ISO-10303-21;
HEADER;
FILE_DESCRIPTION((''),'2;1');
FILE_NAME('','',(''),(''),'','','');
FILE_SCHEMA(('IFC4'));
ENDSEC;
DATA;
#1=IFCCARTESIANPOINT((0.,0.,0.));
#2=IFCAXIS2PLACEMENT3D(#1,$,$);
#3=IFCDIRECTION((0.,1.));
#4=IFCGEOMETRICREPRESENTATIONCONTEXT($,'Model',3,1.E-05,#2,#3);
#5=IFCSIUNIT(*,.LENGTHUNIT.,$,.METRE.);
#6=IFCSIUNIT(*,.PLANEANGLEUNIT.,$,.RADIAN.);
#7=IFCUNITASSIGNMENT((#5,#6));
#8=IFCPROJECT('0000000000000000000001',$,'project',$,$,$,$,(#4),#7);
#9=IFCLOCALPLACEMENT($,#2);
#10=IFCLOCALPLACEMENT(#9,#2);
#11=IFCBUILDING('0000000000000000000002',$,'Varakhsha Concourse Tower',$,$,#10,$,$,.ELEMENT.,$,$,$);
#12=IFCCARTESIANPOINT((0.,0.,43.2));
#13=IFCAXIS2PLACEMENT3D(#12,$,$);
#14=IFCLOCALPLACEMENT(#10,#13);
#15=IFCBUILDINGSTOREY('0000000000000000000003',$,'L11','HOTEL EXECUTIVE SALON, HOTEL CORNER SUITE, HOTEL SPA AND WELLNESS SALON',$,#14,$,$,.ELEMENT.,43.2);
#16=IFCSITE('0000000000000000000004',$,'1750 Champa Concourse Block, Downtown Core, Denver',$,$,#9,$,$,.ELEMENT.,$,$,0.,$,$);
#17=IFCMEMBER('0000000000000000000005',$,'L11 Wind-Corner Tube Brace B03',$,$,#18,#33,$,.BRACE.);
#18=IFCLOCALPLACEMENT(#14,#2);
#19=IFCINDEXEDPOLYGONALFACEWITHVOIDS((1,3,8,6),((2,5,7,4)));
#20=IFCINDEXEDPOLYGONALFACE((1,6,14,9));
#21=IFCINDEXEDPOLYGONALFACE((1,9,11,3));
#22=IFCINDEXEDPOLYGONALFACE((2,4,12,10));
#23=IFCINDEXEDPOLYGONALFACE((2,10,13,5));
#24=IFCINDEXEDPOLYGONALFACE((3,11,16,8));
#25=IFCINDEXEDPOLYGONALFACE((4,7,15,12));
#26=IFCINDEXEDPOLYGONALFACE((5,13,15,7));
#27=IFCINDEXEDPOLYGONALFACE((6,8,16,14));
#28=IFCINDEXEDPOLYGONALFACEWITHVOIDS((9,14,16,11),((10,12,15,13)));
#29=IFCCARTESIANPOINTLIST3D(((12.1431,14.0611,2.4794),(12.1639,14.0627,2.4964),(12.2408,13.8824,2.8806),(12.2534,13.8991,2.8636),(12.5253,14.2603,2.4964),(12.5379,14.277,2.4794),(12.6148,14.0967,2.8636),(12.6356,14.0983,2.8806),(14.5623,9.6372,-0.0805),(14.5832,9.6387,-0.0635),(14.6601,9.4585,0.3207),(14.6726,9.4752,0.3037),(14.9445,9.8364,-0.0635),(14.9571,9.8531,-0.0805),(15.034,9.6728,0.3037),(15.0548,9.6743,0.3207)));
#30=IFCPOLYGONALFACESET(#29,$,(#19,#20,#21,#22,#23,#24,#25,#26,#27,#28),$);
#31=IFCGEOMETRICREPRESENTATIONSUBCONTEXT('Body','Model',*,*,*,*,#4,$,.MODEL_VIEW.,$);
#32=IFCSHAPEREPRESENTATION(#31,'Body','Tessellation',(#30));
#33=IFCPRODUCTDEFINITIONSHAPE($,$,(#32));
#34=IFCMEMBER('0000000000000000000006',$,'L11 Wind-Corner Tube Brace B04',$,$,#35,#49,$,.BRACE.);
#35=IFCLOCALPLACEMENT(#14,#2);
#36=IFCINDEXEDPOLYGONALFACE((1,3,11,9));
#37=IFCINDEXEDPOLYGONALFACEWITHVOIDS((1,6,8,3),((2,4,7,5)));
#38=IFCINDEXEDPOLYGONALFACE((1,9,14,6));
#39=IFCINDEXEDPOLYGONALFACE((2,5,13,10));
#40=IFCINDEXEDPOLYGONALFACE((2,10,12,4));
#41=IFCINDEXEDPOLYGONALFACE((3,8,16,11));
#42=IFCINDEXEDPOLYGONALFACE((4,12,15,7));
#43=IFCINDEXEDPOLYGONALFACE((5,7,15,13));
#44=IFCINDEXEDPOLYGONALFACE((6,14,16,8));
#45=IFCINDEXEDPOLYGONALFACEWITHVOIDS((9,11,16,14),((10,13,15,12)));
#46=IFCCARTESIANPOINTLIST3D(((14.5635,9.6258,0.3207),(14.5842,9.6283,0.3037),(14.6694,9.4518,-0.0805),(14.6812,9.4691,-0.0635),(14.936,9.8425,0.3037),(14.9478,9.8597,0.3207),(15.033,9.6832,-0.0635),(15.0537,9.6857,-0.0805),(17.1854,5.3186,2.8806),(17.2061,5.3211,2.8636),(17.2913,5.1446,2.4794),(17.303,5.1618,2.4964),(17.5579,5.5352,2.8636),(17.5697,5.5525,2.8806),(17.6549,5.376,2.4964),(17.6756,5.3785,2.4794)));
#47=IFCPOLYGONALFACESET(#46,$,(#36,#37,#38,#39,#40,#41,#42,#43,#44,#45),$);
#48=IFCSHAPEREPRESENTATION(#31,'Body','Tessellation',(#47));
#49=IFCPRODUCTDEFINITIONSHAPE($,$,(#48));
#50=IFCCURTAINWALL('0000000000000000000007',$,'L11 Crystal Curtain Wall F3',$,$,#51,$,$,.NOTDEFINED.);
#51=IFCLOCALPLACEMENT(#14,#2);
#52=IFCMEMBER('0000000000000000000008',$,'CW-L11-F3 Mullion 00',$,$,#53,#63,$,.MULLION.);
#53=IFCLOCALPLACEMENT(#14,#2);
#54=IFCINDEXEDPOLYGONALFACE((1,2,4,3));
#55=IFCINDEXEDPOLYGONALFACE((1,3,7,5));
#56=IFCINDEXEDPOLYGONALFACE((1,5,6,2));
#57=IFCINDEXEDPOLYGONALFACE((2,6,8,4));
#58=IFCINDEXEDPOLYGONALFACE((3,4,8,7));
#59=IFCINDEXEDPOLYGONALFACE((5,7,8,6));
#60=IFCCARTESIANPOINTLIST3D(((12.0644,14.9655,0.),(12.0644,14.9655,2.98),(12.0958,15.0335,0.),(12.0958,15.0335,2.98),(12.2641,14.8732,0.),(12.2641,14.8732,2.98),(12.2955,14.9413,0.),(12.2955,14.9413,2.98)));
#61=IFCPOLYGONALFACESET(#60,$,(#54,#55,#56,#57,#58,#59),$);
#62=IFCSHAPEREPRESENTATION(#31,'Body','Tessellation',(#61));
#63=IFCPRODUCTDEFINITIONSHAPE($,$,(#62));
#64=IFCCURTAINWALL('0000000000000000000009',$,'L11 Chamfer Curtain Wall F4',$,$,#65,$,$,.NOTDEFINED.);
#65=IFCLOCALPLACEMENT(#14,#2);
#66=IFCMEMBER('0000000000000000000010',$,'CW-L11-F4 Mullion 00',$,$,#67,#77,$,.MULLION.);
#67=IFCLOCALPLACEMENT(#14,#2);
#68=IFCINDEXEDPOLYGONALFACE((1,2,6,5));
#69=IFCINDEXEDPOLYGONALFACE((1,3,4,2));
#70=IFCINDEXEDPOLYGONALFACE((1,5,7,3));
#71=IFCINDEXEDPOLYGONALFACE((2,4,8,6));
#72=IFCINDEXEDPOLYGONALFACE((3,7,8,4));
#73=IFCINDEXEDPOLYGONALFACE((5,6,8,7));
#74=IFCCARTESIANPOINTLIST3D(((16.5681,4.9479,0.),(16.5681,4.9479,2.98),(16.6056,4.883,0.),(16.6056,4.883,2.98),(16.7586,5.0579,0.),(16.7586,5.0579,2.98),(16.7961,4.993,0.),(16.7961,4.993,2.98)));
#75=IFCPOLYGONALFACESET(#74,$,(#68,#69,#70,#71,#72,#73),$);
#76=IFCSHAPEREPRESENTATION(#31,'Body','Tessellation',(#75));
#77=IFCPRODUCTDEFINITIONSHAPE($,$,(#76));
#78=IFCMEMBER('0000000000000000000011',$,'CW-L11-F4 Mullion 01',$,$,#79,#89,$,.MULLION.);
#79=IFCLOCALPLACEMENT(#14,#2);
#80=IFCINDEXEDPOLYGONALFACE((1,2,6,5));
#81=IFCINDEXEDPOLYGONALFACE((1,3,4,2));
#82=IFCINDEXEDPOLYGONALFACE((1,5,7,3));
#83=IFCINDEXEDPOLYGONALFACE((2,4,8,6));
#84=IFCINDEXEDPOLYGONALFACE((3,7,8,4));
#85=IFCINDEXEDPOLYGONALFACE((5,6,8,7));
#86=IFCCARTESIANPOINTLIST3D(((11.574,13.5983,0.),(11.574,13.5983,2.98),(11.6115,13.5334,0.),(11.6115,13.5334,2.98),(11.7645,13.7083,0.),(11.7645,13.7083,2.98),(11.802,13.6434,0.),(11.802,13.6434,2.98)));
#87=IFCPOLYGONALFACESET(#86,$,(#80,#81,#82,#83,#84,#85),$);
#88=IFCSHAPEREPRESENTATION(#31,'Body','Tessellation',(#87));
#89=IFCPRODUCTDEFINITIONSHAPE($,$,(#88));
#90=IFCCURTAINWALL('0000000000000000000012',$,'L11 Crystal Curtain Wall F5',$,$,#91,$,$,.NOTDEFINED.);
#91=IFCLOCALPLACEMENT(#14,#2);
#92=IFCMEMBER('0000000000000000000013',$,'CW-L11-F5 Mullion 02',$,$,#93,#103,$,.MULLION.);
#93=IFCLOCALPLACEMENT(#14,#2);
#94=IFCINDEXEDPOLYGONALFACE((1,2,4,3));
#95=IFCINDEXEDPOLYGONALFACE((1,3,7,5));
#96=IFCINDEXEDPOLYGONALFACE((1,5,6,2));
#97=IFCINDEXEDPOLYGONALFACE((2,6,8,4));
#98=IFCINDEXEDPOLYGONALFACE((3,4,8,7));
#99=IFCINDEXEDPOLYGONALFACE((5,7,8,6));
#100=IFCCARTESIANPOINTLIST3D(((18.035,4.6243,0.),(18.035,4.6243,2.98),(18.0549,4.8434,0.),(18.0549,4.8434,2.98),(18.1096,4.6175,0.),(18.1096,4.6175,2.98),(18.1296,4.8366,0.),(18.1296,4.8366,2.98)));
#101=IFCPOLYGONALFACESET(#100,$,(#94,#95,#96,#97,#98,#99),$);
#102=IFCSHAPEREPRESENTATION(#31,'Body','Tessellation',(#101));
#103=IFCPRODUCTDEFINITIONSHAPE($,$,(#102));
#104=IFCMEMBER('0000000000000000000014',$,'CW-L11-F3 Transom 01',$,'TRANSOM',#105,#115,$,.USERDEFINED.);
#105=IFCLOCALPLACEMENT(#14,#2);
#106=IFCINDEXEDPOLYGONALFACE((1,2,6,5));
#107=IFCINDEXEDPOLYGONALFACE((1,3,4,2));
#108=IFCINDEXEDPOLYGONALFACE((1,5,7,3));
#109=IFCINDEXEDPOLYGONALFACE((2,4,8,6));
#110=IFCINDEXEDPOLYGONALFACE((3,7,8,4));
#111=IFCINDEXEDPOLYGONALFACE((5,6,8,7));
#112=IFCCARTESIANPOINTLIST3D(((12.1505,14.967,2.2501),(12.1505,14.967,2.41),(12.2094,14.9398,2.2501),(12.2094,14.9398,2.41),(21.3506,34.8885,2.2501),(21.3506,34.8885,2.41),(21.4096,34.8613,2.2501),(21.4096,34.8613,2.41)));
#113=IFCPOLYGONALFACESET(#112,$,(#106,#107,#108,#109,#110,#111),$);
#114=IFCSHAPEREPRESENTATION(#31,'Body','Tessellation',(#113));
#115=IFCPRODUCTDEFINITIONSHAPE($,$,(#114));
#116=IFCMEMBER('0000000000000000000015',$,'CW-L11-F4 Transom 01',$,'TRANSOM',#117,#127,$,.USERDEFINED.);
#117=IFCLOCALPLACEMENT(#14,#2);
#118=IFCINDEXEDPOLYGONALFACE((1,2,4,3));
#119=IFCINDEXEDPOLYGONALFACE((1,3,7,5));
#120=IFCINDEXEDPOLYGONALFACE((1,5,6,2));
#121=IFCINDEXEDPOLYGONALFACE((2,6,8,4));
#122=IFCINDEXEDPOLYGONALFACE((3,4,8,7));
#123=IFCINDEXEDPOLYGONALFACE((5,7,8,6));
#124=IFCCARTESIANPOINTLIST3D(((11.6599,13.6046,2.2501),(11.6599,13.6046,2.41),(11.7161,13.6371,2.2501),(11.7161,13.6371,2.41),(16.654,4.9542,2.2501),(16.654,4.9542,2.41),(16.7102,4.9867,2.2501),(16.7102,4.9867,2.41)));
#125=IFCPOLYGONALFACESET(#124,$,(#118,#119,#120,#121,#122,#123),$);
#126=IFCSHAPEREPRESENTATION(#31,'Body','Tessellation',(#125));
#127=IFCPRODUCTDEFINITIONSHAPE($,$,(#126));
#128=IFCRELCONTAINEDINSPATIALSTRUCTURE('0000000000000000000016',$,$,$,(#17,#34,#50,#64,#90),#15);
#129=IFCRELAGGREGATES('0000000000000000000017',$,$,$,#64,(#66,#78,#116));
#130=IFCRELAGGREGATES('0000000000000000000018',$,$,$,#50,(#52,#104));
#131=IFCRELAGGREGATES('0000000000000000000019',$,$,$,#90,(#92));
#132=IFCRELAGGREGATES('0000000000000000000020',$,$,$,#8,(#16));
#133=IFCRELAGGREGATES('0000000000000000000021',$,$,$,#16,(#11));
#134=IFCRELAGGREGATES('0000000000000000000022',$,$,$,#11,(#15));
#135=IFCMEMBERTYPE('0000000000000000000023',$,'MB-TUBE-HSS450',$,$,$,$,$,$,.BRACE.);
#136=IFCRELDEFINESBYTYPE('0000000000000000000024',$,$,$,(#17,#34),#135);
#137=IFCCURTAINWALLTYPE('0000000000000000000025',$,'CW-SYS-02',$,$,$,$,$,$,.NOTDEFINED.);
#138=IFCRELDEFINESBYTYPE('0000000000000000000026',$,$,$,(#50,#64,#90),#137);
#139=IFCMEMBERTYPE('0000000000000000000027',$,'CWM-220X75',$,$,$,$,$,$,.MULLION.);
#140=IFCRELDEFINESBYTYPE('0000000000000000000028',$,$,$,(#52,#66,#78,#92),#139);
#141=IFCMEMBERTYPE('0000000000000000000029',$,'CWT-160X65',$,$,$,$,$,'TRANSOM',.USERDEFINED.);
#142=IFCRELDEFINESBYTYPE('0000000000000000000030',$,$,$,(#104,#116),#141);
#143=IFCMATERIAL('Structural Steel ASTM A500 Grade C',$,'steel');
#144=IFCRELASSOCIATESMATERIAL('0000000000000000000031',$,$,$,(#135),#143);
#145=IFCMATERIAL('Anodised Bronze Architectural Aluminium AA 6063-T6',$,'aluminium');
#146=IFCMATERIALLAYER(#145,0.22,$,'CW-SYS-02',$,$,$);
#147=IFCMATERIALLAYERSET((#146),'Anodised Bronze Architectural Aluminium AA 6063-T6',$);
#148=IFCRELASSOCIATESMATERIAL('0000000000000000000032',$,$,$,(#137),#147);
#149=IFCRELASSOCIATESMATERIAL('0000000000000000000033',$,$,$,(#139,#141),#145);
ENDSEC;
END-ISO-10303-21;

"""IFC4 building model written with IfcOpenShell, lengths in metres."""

from ifc_helpers import new_model, si_unit, direction, frame, origin, origin_2d, place, context, subcontext, project, spatial, rectangle, hollow_rectangle, extrude, source, transform, mapped, material, layer, layer_set, material_profile, profile_set, type_object, type_shapes, element, aggregate, save


model = new_model("IFC4")

# Units and contexts
model_context = context("Model", 3, precision=1e-05, world=origin(), true_north=direction((0.0, 1.0)))
body_context = subcontext(model_context, "Body", "Model", "MODEL_VIEW")
ifc_project = project(units=[si_unit("LENGTHUNIT", "METRE"), si_unit("PLANEANGLEUNIT", "RADIAN")], contexts=[model_context])

# Site, building, storey
site_placement = place(None, origin())
site = spatial("IfcSite", under=ifc_project, at=site_placement, Name="1750 Champa Concourse Block, Downtown Core, Denver", CompositionType="ELEMENT", RefElevation=0.0)
building_placement = place(site_placement, origin())
building = spatial("IfcBuilding", under=site, at=building_placement, Name="Varakhsha Concourse Tower", CompositionType="ELEMENT")
storey_placement = place(building_placement, frame((0.0, 0.0, 43.2)))
storey = spatial("IfcBuildingStorey", under=building, at=storey_placement, Name="L11", Description="HOTEL EXECUTIVE SALON, HOTEL CORNER SUITE, HOTEL SPA AND WELLNESS SALON", CompositionType="ELEMENT", Elevation=43.2)

# Members
ifc_material_1 = material(Name="Structural Steel ASTM A500 Grade C", Category="steel")
ifc_material_profile_1 = material_profile(ifc_material_1, hollow_rectangle(XDim=0.45, YDim=0.45, WallThickness=0.019, at=origin_2d()), Name="HSS 450x450x19")
ifc_profile_set_1 = profile_set([ifc_material_profile_1], Name="Structural Steel ASTM A500 Grade C")
member_type_1 = type_object("IfcMemberType", Name="MB-TUBE-HSS450", PredefinedType="BRACE", material=ifc_profile_set_1)
shared_shape_1 = source(origin(), body_context, "Body", "SweptSolid", [
    extrude(hollow_rectangle(XDim=0.45, YDim=0.45, WallThickness=0.019, at=origin_2d()), origin(), (0.0, 0.0, 1.0), 5.6548),
])
member_1_placement = place(storey_placement, frame((14.8086, 9.6558, 0.1201), z_axis=(-0.427821, 0.782331, 0.45269), x_axis=(-0.877379, -0.479798, 0.0)))
element("IfcMember", 1, at=member_1_placement, inside=storey, type_object=member_type_1, Name="L11 Wind-Corner Tube Brace B03", PredefinedType="BRACE", context=body_context, shape_type="MappedRepresentation", body=[
    mapped(shared_shape_1, transform((0.0, 0.0, 0.0), scale=1.0)),
])
shared_shape_2 = source(origin(), body_context, "Body", "SweptSolid", [
    extrude(hollow_rectangle(XDim=0.45, YDim=0.45, WallThickness=0.019, at=origin_2d()), origin(), (0.0, 0.0, 1.0), 5.655),
])
type_shapes(member_type_1, [shared_shape_1, shared_shape_2])
member_2_placement = place(storey_placement, frame((14.8086, 9.6558, 0.1201), z_axis=(0.463637, -0.761662, 0.452671), x_axis=(0.85419, 0.519961, 0.0)))
element("IfcMember", 2, at=member_2_placement, inside=storey, type_object=member_type_1, Name="L11 Wind-Corner Tube Brace B04", PredefinedType="BRACE", context=body_context, shape_type="MappedRepresentation", body=[
    mapped(shared_shape_2, transform((0.0, 0.0, 0.0), scale=1.0)),
])

# Curtain wall, member
ifc_material_2 = material(Name="Anodised Bronze Architectural Aluminium AA 6063-T6", Category="aluminium")
ifc_layer_1 = layer(ifc_material_2, 0.22, Name="CW-SYS-02")
ifc_layer_set_1 = layer_set([ifc_layer_1], Name="Anodised Bronze Architectural Aluminium AA 6063-T6")
curtain_wall_type = type_object("IfcCurtainWallType", Name="CW-SYS-02", PredefinedType="NOTDEFINED", material=ifc_layer_set_1)
curtain_wall_1_placement = place(storey_placement, origin())
curtain_wall_1 = element("IfcCurtainWall", 3, at=curtain_wall_1_placement, inside=storey, type_object=curtain_wall_type, Name="L11 Crystal Curtain Wall F3", PredefinedType="NOTDEFINED")
ifc_material_profile_2 = material_profile(ifc_material_2, rectangle(XDim=0.075, YDim=0.22, at=origin_2d()), Name="CWM-220X75")
ifc_profile_set_2 = profile_set([ifc_material_profile_2], Name="Anodised Bronze Architectural Aluminium AA 6063-T6")
member_type_2 = type_object("IfcMemberType", Name="CWM-220X75", PredefinedType="MULLION", material=ifc_profile_set_2)
shared_shape_3 = source(origin(), body_context, "Body", "SweptSolid", [
    extrude(rectangle(XDim=0.075, YDim=0.22, at=origin_2d()), origin(), (0.0, 0.0, 1.0), 2.98),
])
type_shapes(member_type_2, [shared_shape_3])
member_3_placement = place(storey_placement, frame((12.1799, 14.9534, 0.0), z_axis=(0.0, 0.0, 1.0), x_axis=(0.41927, 0.907862, 0.0)))
member_3 = element("IfcMember", 4, at=member_3_placement, type_object=member_type_2, Name="CW-L11-F3 Mullion 00", PredefinedType="MULLION", context=body_context, shape_type="MappedRepresentation", body=[
    mapped(shared_shape_3, transform((0.0, 0.0, 0.0), scale=1.0)),
])

# Curtain wall, members
curtain_wall_2_placement = place(storey_placement, origin())
curtain_wall_2 = element("IfcCurtainWall", 5, at=curtain_wall_2_placement, inside=storey, type_object=curtain_wall_type, Name="L11 Chamfer Curtain Wall F4", PredefinedType="NOTDEFINED")
member_4_placement = place(storey_placement, frame((16.6821, 4.9705, 0.0), z_axis=(0.0, 0.0, 1.0), x_axis=(-0.499998, 0.866026, 0.0)))
member_4 = element("IfcMember", 6, at=member_4_placement, type_object=member_type_2, Name="CW-L11-F4 Mullion 00", PredefinedType="MULLION", context=body_context, shape_type="MappedRepresentation", body=[
    mapped(shared_shape_3, transform((0.0, 0.0, 0.0), scale=1.0)),
])
member_5_placement = place(storey_placement, frame((11.688, 13.6208, 0.0), z_axis=(0.0, 0.0, 1.0), x_axis=(-0.499998, 0.866026, 0.0)))
member_5 = element("IfcMember", 7, at=member_5_placement, type_object=member_type_2, Name="CW-L11-F4 Mullion 01", PredefinedType="MULLION", context=body_context, shape_type="MappedRepresentation", body=[
    mapped(shared_shape_3, transform((0.0, 0.0, 0.0), scale=1.0)),
])

# Curtain wall, member
curtain_wall_3_placement = place(storey_placement, origin())
curtain_wall_3 = element("IfcCurtainWall", 8, at=curtain_wall_3_placement, inside=storey, type_object=curtain_wall_type, Name="L11 Crystal Curtain Wall F5", PredefinedType="NOTDEFINED")
member_6_placement = place(storey_placement, frame((18.0823, 4.7305, 0.0), z_axis=(0.0, 0.0, 1.0), x_axis=(-0.995866, 0.090834, 0.0)))
member_6 = element("IfcMember", 9, at=member_6_placement, type_object=member_type_2, Name="CW-L11-F5 Mullion 02", PredefinedType="MULLION", context=body_context, shape_type="MappedRepresentation", body=[
    mapped(shared_shape_3, transform((0.0, 0.0, 0.0), scale=1.0)),
])

# Members
ifc_material_profile_3 = material_profile(ifc_material_2, rectangle(XDim=0.0649, YDim=0.1599, at=origin_2d()), Name="CWT-160X65")
ifc_profile_set_3 = profile_set([ifc_material_profile_3], Name="Anodised Bronze Architectural Aluminium AA 6063-T6")
member_type_3 = type_object("IfcMemberType", Name="CWT-160X65", ElementType="TRANSOM", PredefinedType="USERDEFINED", material=ifc_profile_set_3)
shared_shape_4 = source(origin(), body_context, "Body", "SweptSolid", [
    extrude(rectangle(XDim=0.0649, YDim=0.1599, at=origin_2d()), origin(), (0.0, 0.0, 1.0), 21.9434),
])
member_7_placement = place(storey_placement, frame((12.1799, 14.9534, 2.3301), z_axis=(0.419268, 0.907862, 0.0), x_axis=(-0.907862, 0.419268, 0.0)))
member_7 = element("IfcMember", 10, at=member_7_placement, type_object=member_type_3, Name="CW-L11-F3 Transom 01", ObjectType="TRANSOM", PredefinedType="USERDEFINED", context=body_context, shape_type="MappedRepresentation", body=[
    mapped(shared_shape_4, transform((0.0, 0.0, 0.0), scale=1.0)),
])
shared_shape_5 = source(origin(), body_context, "Body", "SweptSolid", [
    extrude(rectangle(XDim=0.0649, YDim=0.1599, at=origin_2d()), origin(), (0.0, 0.0, 1.0), 9.9885),
])
type_shapes(member_type_3, [shared_shape_4, shared_shape_5])
member_8_placement = place(storey_placement, frame((16.6821, 4.9705, 2.3301), z_axis=(-0.499988, 0.866033, 0.0), x_axis=(-0.866033, -0.499988, 0.0)))
member_8 = element("IfcMember", 11, at=member_8_placement, type_object=member_type_3, Name="CW-L11-F4 Transom 01", ObjectType="TRANSOM", PredefinedType="USERDEFINED", context=body_context, shape_type="MappedRepresentation", body=[
    mapped(shared_shape_5, transform((0.0, 0.0, 0.0), scale=1.0)),
])

aggregate(curtain_wall_2, [member_4, member_5, member_8])
aggregate(curtain_wall_1, [member_3, member_7])
aggregate(curtain_wall_3, [member_6])

save(model, "model.ifc")
